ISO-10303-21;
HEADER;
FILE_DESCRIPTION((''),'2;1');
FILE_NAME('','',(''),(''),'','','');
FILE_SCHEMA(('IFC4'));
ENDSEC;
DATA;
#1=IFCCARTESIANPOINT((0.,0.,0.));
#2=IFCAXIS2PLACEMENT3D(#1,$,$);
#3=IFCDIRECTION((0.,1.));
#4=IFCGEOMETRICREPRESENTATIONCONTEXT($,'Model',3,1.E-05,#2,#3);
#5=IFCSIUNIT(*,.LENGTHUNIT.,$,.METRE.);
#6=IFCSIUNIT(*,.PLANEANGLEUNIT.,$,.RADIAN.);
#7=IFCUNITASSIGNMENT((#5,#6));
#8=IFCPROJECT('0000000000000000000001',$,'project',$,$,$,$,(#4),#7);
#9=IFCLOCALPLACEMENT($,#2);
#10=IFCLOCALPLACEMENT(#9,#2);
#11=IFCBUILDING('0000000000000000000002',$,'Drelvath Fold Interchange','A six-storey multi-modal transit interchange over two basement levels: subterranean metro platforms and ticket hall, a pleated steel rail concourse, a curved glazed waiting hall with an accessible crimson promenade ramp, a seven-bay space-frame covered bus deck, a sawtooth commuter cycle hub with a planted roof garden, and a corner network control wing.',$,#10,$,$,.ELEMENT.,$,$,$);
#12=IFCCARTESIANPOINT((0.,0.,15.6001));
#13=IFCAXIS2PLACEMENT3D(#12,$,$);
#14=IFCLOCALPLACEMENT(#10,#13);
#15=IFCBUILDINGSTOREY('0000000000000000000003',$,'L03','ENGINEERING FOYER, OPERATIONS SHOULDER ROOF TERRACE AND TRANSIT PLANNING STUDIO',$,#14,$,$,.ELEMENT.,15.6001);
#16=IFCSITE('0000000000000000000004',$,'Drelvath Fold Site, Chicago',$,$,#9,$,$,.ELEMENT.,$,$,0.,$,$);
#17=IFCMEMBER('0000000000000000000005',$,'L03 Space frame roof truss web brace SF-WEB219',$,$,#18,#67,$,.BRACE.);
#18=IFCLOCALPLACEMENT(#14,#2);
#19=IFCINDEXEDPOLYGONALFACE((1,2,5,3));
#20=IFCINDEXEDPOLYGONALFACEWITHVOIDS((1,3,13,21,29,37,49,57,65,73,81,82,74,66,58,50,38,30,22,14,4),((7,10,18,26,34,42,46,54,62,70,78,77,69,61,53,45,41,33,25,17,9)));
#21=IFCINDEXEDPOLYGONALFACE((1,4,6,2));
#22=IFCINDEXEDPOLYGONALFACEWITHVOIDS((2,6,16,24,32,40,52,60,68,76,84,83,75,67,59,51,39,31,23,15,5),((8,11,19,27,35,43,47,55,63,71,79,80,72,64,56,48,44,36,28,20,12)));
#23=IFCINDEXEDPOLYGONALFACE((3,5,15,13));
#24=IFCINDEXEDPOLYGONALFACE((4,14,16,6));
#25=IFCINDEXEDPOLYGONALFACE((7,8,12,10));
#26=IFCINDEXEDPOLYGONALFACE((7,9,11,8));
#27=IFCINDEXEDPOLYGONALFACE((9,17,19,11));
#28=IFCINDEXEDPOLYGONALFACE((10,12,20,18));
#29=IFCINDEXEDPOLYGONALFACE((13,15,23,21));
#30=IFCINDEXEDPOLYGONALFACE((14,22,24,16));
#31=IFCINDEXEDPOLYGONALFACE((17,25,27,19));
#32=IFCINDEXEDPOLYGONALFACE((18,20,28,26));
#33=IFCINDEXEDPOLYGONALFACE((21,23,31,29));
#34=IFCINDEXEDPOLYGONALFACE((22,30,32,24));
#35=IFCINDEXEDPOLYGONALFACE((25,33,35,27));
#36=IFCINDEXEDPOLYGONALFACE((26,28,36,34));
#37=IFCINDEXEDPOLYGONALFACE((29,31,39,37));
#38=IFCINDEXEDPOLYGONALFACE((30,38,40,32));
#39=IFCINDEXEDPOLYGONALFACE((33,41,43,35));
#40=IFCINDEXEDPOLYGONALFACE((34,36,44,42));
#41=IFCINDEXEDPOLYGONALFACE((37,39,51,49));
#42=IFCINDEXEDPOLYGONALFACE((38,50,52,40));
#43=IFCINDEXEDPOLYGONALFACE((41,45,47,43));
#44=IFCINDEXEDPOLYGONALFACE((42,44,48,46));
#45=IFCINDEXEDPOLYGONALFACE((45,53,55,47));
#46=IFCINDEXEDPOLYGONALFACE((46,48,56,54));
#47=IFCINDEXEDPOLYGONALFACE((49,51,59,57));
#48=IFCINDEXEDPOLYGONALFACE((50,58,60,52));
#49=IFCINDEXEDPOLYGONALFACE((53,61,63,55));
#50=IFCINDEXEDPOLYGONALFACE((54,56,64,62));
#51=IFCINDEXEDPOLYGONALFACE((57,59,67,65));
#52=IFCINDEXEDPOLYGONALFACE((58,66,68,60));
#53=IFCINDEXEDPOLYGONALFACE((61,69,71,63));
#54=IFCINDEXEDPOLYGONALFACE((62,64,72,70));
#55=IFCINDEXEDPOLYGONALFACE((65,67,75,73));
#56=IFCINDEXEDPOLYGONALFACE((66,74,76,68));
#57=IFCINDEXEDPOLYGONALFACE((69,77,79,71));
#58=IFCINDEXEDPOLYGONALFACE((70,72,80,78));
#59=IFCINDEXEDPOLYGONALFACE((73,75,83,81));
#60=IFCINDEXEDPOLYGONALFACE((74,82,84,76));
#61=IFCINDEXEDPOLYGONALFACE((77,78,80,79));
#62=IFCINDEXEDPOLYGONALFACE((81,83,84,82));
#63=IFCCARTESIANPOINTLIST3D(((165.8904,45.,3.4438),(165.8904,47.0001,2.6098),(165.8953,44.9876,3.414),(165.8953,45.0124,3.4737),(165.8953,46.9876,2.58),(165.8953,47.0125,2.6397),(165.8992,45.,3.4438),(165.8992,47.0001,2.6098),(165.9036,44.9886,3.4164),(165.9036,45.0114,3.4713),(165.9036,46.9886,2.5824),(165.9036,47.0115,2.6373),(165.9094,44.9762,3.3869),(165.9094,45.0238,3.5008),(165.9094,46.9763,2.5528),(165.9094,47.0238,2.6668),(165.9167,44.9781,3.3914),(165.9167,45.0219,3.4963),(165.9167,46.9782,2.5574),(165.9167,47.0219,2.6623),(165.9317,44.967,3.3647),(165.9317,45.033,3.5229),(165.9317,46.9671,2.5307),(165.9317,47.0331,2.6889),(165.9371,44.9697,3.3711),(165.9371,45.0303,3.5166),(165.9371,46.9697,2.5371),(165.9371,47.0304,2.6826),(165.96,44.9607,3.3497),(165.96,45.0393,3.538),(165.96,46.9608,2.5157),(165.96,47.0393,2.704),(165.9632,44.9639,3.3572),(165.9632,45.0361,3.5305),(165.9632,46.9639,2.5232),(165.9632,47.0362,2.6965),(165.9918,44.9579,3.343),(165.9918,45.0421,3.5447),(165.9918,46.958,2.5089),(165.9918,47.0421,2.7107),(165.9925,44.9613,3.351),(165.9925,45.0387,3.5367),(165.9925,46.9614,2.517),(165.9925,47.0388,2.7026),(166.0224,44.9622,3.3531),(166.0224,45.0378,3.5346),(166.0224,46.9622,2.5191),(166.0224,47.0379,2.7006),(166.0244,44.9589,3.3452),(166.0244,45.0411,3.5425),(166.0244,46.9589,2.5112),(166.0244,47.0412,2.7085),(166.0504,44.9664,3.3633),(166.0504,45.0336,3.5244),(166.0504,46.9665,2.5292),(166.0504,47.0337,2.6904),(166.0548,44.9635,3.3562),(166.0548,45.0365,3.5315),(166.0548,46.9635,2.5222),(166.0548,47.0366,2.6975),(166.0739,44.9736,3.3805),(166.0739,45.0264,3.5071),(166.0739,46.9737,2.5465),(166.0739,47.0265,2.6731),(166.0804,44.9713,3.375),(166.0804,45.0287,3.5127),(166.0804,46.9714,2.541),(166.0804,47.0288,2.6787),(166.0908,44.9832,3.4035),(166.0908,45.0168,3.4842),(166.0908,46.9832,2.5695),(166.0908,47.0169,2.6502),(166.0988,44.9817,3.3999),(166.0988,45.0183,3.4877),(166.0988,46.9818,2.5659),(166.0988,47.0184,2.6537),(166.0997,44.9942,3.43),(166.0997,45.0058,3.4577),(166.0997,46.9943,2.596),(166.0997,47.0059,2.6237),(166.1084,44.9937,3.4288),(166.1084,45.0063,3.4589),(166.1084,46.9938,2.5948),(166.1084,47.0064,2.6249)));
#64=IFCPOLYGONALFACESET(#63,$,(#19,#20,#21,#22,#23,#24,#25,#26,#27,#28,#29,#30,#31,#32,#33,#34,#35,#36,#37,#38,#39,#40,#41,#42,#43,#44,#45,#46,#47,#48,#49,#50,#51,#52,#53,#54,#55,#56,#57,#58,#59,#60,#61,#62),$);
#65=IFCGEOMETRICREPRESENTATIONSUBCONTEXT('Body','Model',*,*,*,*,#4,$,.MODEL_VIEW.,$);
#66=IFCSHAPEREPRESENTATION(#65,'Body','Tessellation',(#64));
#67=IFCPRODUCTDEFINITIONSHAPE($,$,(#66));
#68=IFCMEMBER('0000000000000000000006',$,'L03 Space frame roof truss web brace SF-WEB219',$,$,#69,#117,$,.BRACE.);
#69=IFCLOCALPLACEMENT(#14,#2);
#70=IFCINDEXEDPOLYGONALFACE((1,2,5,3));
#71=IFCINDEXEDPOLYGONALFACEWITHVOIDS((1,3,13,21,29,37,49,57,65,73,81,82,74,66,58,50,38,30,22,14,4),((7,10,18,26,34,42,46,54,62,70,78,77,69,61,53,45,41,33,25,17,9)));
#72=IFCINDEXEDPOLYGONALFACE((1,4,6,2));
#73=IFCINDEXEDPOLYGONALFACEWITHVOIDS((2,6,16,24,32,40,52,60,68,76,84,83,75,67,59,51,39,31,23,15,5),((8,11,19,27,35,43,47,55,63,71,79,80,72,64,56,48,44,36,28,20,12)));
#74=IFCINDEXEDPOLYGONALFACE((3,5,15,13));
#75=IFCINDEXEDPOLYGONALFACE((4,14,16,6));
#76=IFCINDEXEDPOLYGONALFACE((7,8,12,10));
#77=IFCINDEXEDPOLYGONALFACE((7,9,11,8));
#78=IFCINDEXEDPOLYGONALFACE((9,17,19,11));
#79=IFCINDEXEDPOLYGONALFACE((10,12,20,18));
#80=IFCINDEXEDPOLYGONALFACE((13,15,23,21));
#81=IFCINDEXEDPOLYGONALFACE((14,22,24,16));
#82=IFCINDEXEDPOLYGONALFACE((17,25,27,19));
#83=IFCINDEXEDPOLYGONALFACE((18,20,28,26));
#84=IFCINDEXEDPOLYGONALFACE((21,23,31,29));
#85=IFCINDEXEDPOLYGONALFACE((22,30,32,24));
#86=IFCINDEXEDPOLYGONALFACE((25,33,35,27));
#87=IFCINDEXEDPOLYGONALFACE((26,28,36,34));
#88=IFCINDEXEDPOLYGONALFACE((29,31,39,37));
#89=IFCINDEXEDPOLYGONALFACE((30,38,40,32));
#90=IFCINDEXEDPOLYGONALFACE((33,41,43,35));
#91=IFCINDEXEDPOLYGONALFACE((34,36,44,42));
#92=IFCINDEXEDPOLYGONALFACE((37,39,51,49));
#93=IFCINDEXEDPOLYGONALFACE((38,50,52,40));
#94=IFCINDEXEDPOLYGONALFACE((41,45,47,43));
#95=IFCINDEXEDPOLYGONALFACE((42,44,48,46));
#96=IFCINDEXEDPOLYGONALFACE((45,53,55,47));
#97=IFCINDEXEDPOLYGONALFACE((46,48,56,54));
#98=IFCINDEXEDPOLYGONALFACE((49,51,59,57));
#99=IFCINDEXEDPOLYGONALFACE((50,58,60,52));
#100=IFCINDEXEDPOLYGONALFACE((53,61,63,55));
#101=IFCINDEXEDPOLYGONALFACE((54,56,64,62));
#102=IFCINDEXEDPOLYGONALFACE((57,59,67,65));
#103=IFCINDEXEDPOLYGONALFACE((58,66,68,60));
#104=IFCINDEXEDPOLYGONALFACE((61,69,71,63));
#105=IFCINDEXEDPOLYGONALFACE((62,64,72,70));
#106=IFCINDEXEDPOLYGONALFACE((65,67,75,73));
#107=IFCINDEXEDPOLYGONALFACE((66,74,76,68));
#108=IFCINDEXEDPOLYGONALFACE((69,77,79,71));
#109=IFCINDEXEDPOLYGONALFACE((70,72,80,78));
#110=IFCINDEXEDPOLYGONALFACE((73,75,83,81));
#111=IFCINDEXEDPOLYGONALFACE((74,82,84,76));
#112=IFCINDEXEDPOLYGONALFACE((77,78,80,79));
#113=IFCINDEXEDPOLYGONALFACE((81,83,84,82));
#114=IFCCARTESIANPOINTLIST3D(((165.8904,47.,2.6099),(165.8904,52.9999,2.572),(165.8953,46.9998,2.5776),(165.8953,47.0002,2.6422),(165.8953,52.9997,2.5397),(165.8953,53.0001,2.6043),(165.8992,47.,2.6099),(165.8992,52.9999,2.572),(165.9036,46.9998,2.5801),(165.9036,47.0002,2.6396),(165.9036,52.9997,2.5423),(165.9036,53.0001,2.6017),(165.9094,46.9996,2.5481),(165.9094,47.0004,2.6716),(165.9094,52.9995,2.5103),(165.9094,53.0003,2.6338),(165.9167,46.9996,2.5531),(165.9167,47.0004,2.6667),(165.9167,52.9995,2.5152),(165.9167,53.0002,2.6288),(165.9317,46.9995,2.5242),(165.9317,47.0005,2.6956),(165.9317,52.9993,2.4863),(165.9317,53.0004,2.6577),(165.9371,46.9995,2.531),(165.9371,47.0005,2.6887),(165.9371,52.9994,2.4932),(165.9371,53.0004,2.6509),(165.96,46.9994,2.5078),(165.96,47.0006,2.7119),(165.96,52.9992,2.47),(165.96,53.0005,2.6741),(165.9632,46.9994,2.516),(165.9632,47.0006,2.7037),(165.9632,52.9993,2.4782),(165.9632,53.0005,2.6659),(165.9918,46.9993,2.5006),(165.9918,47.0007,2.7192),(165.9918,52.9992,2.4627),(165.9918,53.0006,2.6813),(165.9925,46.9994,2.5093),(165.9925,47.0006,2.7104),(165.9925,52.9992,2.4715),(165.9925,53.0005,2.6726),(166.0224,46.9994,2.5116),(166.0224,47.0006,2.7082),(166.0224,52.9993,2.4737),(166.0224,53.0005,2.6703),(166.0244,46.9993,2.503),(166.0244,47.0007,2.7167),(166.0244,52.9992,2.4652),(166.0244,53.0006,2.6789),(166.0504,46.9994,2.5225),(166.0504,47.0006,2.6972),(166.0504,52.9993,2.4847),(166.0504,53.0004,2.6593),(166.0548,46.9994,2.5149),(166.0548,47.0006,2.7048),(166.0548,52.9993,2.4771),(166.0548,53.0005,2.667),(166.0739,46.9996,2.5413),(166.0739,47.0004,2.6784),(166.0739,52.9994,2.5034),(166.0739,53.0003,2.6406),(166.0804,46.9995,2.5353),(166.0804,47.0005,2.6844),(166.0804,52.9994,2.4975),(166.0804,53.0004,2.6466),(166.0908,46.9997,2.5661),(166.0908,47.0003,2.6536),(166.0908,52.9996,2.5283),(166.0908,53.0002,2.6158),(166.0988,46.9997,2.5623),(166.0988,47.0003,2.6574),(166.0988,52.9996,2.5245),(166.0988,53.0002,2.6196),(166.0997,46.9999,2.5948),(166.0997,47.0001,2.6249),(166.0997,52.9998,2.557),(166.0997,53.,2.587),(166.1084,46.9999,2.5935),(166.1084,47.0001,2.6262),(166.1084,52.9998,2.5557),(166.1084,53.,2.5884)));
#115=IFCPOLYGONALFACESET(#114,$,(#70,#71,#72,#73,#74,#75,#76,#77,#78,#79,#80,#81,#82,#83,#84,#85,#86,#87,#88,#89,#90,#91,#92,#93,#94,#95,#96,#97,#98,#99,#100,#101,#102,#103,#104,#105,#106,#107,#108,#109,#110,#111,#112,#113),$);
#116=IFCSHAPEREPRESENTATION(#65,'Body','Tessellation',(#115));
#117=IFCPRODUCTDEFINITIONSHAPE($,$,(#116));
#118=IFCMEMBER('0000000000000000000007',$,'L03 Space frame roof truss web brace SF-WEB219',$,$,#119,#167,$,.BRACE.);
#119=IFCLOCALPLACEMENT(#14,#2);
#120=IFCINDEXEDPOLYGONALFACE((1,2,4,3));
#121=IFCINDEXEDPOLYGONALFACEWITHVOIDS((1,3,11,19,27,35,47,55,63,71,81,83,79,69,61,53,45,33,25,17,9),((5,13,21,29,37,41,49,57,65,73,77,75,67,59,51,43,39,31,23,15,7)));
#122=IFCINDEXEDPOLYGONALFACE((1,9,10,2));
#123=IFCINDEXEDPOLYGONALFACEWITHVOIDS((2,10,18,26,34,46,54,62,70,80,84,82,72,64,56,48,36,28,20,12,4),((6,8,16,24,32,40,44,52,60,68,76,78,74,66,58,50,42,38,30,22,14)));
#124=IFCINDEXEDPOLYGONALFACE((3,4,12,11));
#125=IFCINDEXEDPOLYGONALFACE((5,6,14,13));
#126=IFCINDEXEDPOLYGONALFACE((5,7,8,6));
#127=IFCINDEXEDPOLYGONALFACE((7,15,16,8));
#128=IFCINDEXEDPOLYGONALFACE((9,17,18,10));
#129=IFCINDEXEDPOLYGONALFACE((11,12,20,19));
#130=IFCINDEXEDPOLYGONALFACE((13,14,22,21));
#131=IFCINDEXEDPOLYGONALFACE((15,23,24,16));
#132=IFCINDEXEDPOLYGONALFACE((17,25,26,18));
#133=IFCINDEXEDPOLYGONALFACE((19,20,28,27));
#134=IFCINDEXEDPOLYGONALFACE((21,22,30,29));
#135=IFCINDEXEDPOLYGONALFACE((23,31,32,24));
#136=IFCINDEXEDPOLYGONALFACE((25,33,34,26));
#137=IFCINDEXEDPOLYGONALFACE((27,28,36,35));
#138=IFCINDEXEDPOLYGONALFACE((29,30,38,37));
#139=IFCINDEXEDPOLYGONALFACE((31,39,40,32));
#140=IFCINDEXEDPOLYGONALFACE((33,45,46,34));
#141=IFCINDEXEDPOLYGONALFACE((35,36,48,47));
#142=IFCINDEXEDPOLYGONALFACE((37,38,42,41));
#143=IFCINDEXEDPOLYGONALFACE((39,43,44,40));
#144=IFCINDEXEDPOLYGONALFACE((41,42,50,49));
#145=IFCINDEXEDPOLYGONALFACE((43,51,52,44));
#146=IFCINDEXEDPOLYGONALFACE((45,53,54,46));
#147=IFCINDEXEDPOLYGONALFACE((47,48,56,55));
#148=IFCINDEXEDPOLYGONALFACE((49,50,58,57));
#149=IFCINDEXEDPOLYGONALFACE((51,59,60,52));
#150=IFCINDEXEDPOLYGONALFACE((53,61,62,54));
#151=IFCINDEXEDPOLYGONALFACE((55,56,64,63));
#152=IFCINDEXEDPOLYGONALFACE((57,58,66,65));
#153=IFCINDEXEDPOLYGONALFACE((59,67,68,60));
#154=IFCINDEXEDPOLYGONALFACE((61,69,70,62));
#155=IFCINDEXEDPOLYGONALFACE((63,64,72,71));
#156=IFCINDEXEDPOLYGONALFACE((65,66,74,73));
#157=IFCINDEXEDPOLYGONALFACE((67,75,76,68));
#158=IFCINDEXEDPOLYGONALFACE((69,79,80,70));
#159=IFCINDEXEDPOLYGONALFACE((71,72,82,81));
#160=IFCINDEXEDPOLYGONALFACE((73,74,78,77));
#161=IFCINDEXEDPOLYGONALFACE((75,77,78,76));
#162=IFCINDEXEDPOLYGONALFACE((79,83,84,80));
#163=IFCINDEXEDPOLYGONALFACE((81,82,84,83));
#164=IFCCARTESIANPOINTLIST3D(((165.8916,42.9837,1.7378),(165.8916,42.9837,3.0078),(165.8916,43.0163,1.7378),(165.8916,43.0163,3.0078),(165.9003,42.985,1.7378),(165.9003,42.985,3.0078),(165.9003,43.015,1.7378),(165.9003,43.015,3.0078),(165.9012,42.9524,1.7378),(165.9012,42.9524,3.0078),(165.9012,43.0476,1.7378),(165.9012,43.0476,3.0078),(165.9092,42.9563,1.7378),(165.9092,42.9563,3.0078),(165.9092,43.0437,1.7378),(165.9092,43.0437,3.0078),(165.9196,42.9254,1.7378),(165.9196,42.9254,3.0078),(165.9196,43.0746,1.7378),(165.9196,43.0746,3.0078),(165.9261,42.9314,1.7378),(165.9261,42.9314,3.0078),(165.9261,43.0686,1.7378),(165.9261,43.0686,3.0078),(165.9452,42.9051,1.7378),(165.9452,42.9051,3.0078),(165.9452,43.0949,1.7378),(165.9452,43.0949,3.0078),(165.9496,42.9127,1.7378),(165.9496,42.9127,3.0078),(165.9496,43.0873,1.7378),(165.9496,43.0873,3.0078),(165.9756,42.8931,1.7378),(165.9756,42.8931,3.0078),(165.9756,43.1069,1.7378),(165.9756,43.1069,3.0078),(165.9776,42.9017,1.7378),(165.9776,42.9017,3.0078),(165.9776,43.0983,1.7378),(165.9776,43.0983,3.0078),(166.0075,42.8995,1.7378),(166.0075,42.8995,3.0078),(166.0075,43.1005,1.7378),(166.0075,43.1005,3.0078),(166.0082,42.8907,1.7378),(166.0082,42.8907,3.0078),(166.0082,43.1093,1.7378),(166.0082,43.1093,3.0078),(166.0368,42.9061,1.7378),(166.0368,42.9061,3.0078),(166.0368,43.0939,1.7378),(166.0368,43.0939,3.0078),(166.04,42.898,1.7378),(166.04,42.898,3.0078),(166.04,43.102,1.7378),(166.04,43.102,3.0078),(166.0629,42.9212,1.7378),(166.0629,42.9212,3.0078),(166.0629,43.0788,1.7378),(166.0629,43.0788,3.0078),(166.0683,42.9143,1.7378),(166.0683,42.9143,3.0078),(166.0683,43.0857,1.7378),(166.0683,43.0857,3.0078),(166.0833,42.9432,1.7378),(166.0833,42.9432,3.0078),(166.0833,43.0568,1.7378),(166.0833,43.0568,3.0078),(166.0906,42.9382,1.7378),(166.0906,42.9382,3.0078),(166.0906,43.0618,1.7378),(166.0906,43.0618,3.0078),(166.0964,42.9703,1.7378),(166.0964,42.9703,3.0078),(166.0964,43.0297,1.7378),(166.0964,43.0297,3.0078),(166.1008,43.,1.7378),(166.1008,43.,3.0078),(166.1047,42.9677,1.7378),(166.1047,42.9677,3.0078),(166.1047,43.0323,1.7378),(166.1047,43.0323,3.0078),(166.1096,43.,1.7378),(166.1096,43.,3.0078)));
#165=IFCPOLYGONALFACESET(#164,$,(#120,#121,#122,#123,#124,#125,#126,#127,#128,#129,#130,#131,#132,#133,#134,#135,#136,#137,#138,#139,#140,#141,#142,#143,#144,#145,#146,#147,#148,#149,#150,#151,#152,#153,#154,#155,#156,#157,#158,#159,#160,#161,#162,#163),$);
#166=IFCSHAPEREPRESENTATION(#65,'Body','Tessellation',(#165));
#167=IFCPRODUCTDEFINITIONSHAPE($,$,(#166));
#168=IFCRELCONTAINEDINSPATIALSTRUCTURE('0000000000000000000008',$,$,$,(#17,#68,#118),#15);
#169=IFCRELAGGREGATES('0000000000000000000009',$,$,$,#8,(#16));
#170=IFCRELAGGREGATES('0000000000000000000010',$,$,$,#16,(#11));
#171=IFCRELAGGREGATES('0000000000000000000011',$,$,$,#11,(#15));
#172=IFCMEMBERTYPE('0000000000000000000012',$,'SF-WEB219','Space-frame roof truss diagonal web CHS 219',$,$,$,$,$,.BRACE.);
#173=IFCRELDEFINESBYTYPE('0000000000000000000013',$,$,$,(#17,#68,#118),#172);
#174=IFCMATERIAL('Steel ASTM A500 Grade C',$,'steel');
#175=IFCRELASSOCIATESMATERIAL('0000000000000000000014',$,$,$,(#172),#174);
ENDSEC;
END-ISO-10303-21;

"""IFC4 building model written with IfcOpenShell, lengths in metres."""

from ifc_helpers import new_model, si_unit, direction, frame, origin, origin_2d, place, context, subcontext, project, spatial, hollow_circle, extrude, material, material_profile, profile_set, type_object, element, save


model = new_model("IFC4")

# Units and contexts
model_context = context("Model", 3, precision=1e-05, world=origin(), true_north=direction((0.0, 1.0)))
body_context = subcontext(model_context, "Body", "Model", "MODEL_VIEW")
ifc_project = project(units=[si_unit("LENGTHUNIT", "METRE"), si_unit("PLANEANGLEUNIT", "RADIAN")], contexts=[model_context])

# Site, building, storey
site_placement = place(None, origin())
site = spatial("IfcSite", under=ifc_project, at=site_placement, Name="Drelvath Fold Site, Chicago", CompositionType="ELEMENT", RefElevation=0.0)
building_placement = place(site_placement, origin())
building = spatial("IfcBuilding", under=site, at=building_placement, Name="Drelvath Fold Interchange", Description="A six-storey multi-modal transit interchange over two basement levels: subterranean metro platforms and ticket hall, a pleated steel rail concourse, a curved glazed waiting hall with an accessible crimson promenade ramp, a seven-bay space-frame covered bus deck, a sawtooth commuter cycle hub with a planted roof garden, and a corner network control wing.", CompositionType="ELEMENT")
storey_placement = place(building_placement, frame((0.0, 0.0, 15.6001)))
storey = spatial("IfcBuildingStorey", under=building, at=storey_placement, Name="L03", Description="ENGINEERING FOYER, OPERATIONS SHOULDER ROOF TERRACE AND TRANSIT PLANNING STUDIO", CompositionType="ELEMENT", Elevation=15.6001)

# Shared definitions
ifc_material_1 = material(Name="Steel ASTM A500 Grade C", Category="steel")

# Members
ifc_material_profile_1 = material_profile(ifc_material_1, hollow_circle(Radius=0.1096, WallThickness=0.0088, at=origin_2d()), Name="HSS8.625X0.375")
ifc_profile_set_1 = profile_set([ifc_material_profile_1], Name="Steel ASTM A500 Grade C")
member_type_1 = type_object("IfcMemberType", Name="SF-WEB219", Description="Space-frame roof truss diagonal web CHS 219", PredefinedType="BRACE", material=ifc_profile_set_1)
member_1_placement = place(storey_placement, frame((166.0, 45.0, 3.4438), z_axis=(0.0, 0.92297, -0.384871), x_axis=(-1.0, 0.0, 0.0)))
element("IfcMember", 1, at=member_1_placement, inside=storey, type_object=member_type_1, Name="L03 Space frame roof truss web brace SF-WEB219", PredefinedType="BRACE", context=body_context, shape_type="SweptSolid", body=[
    extrude(hollow_circle(Radius=0.1096, WallThickness=0.0088, at=origin_2d()), origin(), (0.0, 0.0, 1.0), 2.167),
])
member_2_placement = place(storey_placement, frame((166.0, 47.0, 2.6099), z_axis=(0.0, 0.99998, -0.006307), x_axis=(-1.0, 0.0, 0.0)))
element("IfcMember", 2, at=member_2_placement, inside=storey, type_object=member_type_1, Name="L03 Space frame roof truss web brace SF-WEB219", PredefinedType="BRACE", context=body_context, shape_type="SweptSolid", body=[
    extrude(hollow_circle(Radius=0.1096, WallThickness=0.0088, at=origin_2d()), origin(), (0.0, 0.0, 1.0), 6.0),
])
for number, where, z_axis, x_axis, name in (
    (3, (166.0, 43.0, 1.7378), (0.0, 0.0, 1.0), (1.0, 0.0, 0.0), "L03 Space frame roof truss web brace SF-WEB219"),
):
    element("IfcMember", number, at=place(storey_placement, frame(where, z_axis=z_axis, x_axis=x_axis)), inside=storey, type_object=member_type_1, Name=name, PredefinedType="BRACE", context=body_context, shape_type="SweptSolid", body=[
        extrude(hollow_circle(Radius=0.1096, WallThickness=0.0088, at=origin_2d()), origin(), (0.0, 0.0, 1.0), 1.27),
    ])

save(model, "model.ifc")
